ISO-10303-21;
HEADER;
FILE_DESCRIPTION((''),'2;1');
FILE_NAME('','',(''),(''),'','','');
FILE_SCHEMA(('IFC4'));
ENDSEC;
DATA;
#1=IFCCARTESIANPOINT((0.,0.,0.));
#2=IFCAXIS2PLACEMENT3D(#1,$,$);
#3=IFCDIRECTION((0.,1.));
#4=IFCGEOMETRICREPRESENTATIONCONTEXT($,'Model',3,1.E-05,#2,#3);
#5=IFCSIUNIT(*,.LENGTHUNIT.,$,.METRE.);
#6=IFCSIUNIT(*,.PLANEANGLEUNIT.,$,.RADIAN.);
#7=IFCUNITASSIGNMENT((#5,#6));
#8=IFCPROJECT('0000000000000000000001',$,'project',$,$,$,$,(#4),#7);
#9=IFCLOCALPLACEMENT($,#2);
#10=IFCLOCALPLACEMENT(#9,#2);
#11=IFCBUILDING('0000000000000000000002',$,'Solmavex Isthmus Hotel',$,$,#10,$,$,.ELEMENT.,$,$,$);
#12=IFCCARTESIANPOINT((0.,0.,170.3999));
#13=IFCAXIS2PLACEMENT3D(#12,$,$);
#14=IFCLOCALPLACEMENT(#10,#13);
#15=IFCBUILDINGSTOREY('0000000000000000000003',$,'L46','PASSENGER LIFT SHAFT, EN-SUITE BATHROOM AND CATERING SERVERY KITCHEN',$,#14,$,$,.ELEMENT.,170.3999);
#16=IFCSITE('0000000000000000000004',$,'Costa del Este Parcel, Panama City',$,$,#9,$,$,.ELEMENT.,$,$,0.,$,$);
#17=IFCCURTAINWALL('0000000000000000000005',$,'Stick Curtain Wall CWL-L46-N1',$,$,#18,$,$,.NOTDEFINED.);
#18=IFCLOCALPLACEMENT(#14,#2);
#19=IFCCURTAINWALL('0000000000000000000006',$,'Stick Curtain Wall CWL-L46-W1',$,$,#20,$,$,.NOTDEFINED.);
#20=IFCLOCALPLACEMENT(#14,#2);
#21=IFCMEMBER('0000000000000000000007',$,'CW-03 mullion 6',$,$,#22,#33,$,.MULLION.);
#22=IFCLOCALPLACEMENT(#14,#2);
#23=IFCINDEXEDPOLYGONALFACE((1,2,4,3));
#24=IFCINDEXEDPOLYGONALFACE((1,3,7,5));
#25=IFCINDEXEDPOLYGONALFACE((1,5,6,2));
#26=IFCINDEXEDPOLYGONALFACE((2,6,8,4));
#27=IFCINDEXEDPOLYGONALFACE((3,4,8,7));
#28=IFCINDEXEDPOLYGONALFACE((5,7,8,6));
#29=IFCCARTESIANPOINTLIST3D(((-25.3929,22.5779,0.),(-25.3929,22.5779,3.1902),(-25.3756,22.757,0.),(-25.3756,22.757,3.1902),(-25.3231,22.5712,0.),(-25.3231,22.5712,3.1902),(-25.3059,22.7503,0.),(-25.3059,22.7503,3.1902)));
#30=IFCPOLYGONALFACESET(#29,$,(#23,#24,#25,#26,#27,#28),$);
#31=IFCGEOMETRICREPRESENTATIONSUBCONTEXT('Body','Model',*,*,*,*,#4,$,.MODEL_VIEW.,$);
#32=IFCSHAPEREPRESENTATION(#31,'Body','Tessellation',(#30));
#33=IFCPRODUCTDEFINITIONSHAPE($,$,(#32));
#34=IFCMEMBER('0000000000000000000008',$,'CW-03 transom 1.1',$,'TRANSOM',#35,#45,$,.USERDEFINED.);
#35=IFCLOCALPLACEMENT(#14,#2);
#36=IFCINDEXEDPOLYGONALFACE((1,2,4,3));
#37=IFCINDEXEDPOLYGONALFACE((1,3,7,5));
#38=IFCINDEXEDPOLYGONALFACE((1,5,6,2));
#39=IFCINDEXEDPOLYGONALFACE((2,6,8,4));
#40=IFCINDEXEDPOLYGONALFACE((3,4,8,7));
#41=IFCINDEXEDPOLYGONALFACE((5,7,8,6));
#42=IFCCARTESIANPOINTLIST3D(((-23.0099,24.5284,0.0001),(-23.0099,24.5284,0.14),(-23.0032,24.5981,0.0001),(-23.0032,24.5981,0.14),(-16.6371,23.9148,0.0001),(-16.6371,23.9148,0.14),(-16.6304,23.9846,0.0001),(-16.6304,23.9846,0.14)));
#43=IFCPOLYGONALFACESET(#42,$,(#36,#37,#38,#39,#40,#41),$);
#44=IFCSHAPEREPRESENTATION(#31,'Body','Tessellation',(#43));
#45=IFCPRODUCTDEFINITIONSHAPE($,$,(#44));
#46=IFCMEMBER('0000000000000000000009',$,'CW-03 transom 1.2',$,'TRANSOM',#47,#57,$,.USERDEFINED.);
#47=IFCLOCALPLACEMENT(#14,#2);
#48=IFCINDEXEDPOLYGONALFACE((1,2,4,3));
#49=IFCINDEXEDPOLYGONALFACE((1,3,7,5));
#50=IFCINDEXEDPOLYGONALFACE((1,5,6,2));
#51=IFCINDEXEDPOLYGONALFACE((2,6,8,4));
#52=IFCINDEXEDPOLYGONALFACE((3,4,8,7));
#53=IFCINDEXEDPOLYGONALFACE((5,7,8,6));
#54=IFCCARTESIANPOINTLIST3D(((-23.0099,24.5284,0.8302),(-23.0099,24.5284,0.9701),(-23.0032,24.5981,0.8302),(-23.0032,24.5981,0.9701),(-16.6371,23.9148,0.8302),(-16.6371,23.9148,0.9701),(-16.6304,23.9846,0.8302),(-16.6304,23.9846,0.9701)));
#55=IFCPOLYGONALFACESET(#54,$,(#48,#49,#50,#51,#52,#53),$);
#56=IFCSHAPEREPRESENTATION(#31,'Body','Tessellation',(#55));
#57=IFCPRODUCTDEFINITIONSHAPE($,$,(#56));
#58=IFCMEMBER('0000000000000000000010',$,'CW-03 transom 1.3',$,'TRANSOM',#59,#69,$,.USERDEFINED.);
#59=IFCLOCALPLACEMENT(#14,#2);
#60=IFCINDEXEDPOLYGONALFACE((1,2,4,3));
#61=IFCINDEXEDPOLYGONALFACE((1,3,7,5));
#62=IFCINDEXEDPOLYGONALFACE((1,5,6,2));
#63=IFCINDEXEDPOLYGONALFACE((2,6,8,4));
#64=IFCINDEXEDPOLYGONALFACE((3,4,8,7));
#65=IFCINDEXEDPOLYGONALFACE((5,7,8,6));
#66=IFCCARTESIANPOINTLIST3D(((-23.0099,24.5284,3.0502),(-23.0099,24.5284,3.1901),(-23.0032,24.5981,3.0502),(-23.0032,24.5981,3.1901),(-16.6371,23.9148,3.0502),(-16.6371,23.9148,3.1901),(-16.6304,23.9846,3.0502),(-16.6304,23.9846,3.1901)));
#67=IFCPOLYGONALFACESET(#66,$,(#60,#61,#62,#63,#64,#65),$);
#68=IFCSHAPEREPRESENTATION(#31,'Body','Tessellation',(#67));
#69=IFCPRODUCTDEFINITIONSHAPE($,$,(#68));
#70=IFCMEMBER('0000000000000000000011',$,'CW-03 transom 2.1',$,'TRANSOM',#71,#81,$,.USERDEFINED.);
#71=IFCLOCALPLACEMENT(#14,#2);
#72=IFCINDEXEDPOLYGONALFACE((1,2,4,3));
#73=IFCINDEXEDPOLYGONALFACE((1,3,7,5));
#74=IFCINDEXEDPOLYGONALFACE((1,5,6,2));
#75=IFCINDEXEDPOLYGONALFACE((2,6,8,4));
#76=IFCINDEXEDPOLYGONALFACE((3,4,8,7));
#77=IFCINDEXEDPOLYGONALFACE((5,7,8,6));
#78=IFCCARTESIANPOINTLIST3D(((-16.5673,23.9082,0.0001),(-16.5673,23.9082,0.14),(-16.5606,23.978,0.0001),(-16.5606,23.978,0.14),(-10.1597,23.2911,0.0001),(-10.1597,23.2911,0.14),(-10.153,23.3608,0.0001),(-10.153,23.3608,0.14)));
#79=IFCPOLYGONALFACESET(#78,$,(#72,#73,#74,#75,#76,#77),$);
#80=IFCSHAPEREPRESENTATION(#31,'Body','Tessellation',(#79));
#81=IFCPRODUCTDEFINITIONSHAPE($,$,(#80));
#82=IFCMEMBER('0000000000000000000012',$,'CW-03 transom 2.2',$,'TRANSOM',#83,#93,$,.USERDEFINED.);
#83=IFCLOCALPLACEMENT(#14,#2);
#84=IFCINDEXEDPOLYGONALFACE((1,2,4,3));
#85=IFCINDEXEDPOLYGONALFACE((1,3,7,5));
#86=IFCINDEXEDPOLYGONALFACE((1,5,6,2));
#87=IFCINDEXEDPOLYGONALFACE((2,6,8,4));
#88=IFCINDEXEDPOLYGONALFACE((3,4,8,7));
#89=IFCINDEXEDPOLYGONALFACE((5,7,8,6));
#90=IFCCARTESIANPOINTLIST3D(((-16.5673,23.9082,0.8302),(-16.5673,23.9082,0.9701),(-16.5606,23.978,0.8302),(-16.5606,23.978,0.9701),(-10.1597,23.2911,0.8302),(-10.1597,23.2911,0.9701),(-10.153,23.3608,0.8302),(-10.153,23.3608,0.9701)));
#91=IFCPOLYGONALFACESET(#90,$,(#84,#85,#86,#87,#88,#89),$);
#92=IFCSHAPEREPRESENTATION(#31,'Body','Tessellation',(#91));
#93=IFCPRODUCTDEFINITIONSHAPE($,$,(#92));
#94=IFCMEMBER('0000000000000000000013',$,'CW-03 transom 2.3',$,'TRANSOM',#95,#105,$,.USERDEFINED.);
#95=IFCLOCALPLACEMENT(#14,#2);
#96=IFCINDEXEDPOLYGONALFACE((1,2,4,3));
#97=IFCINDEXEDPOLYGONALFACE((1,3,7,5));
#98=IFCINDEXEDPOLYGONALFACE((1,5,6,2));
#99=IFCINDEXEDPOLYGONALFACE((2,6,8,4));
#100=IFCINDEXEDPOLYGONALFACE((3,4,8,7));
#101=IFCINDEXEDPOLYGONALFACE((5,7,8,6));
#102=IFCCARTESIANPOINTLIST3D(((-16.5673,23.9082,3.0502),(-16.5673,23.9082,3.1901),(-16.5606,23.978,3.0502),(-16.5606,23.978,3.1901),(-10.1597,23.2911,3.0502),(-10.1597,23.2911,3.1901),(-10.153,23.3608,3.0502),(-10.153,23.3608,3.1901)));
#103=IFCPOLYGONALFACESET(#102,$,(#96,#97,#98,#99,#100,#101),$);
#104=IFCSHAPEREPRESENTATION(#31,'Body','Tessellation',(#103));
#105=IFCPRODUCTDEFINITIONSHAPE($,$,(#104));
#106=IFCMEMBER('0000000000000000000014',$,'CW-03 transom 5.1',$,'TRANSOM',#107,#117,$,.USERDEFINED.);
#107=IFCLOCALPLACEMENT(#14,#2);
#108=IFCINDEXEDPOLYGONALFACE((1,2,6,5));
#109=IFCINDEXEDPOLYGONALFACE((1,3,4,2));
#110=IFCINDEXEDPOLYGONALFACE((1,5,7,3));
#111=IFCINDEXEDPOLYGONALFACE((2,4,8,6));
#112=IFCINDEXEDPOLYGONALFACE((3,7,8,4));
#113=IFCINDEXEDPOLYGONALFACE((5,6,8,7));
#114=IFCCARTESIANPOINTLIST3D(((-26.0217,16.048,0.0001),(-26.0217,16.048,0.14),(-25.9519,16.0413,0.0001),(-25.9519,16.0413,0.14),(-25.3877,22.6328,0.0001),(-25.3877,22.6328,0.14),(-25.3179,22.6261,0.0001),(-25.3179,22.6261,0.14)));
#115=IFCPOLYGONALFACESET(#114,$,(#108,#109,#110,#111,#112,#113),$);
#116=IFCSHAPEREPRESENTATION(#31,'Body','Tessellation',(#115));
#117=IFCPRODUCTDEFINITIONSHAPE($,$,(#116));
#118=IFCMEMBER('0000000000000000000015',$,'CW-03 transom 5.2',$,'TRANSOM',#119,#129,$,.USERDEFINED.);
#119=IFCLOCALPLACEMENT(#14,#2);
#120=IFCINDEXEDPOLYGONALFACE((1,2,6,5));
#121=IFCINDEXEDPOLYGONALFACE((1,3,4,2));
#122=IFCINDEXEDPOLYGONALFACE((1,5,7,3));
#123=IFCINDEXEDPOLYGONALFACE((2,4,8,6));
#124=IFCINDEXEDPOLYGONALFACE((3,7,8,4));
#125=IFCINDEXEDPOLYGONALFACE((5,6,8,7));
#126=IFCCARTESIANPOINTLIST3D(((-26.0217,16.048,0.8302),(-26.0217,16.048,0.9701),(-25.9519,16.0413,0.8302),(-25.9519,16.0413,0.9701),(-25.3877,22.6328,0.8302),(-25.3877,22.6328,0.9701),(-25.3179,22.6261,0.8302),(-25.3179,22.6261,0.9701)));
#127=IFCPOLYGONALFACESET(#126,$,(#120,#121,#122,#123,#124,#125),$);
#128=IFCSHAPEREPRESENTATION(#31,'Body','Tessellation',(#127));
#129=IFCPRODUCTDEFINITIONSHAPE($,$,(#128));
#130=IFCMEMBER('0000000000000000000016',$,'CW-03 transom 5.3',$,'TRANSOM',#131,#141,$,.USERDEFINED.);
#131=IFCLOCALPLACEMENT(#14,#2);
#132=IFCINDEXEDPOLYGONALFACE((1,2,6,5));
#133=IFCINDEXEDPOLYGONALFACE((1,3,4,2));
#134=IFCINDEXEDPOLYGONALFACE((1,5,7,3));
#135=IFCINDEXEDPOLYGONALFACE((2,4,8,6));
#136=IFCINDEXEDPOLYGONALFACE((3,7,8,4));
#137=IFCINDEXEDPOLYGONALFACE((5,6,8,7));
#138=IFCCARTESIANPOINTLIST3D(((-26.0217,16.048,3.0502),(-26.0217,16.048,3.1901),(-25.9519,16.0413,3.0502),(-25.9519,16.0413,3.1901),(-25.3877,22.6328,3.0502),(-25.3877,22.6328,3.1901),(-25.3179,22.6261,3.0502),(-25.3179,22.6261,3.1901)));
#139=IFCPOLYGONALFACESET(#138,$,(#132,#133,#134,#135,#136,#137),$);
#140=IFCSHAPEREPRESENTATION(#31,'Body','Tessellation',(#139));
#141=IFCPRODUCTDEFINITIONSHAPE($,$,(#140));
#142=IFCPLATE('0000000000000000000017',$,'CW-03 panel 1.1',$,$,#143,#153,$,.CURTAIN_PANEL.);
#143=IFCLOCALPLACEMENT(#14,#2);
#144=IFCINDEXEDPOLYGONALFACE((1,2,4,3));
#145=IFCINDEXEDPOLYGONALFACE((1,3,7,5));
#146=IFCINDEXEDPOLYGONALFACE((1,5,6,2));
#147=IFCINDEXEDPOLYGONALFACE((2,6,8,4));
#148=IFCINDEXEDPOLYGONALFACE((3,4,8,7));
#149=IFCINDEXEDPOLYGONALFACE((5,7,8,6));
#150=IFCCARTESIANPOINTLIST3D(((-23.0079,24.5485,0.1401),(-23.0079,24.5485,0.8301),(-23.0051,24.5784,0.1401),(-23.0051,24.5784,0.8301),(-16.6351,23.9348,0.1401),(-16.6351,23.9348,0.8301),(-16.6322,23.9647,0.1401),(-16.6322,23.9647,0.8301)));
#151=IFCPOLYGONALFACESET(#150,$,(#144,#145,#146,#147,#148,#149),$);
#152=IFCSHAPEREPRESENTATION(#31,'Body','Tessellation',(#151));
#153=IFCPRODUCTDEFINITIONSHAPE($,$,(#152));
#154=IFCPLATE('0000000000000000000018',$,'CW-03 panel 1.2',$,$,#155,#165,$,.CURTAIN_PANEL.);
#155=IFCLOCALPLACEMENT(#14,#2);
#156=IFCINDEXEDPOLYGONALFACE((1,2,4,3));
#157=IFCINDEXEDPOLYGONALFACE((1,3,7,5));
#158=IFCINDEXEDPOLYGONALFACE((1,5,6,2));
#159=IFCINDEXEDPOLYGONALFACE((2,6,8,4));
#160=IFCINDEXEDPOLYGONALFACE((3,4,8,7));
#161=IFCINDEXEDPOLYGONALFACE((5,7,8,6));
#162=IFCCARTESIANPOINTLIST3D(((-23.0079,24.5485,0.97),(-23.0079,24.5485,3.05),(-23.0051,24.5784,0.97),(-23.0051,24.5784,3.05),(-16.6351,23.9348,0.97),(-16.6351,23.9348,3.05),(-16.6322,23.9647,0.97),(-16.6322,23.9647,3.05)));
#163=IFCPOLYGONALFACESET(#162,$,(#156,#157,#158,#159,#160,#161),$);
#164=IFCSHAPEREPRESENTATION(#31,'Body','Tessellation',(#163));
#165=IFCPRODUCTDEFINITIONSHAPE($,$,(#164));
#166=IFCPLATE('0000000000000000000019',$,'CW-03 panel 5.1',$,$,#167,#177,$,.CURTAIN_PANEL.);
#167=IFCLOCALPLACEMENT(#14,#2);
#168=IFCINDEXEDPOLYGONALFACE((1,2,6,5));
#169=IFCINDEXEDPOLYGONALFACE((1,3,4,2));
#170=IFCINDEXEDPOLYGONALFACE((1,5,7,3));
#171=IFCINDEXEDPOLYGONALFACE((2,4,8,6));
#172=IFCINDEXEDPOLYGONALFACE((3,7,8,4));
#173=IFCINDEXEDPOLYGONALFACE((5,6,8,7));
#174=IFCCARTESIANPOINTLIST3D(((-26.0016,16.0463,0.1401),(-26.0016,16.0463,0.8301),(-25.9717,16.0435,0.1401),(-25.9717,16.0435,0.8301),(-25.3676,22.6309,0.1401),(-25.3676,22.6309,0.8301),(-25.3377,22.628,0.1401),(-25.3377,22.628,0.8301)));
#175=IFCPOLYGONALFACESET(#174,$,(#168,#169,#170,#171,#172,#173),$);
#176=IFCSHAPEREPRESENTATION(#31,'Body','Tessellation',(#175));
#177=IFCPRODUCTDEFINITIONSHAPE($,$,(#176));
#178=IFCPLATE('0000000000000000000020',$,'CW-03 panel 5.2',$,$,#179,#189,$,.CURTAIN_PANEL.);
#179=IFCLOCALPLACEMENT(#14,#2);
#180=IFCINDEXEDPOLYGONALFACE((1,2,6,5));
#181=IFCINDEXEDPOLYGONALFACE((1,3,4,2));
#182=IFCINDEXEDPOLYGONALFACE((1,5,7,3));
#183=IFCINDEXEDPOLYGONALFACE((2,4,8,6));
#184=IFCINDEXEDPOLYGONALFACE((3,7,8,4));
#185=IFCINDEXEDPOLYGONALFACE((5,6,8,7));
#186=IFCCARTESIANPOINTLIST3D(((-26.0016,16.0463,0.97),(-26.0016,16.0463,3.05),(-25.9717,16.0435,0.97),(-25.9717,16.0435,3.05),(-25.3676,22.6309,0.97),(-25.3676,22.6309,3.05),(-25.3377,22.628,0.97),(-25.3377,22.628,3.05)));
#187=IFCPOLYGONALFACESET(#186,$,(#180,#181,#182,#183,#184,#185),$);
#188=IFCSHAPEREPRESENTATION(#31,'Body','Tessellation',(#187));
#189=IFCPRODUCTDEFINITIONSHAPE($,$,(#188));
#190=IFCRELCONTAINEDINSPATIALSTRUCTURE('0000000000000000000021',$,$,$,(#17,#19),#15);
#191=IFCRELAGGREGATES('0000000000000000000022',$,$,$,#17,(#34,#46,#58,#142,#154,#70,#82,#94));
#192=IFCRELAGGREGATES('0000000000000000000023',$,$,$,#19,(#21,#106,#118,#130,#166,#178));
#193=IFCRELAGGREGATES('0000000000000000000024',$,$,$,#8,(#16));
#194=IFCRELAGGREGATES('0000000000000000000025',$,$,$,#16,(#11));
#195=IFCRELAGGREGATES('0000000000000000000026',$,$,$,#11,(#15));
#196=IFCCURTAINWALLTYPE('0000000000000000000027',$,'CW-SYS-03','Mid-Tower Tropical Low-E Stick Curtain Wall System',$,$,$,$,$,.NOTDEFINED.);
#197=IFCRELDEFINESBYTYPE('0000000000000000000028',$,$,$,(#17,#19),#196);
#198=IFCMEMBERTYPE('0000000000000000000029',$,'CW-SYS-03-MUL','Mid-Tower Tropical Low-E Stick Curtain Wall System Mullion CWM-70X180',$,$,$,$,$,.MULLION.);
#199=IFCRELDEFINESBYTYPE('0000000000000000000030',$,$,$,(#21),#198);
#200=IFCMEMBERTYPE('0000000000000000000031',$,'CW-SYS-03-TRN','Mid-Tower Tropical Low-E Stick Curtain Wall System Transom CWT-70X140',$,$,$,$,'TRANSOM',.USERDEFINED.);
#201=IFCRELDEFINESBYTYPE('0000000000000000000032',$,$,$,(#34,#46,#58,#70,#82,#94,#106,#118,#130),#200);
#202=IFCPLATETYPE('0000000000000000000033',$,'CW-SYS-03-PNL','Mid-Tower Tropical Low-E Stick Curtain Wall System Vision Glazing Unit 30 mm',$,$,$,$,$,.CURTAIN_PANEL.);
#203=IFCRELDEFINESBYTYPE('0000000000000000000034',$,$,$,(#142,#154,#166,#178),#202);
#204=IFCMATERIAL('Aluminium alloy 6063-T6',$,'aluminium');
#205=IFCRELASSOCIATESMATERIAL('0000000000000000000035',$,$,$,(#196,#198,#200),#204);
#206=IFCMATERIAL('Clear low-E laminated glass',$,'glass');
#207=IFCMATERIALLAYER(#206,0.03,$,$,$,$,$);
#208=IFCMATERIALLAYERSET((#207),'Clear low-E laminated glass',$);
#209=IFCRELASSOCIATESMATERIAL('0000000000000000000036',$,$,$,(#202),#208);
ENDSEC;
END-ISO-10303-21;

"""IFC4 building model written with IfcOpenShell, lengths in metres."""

from ifc_helpers import new_model, si_unit, direction, frame, origin, origin_2d, place, context, subcontext, project, spatial, rectangle, extrude, material, layer, layer_set, material_profile, profile_set, type_object, element, aggregate, save


model = new_model("IFC4")

# Units and contexts
model_context = context("Model", 3, precision=1e-05, world=origin(), true_north=direction((0.0, 1.0)))
body_context = subcontext(model_context, "Body", "Model", "MODEL_VIEW")
ifc_project = project(units=[si_unit("LENGTHUNIT", "METRE"), si_unit("PLANEANGLEUNIT", "RADIAN")], contexts=[model_context])

# Site, building, storey
site_placement = place(None, origin())
site = spatial("IfcSite", under=ifc_project, at=site_placement, Name="Costa del Este Parcel, Panama City", CompositionType="ELEMENT", RefElevation=0.0)
building_placement = place(site_placement, origin())
building = spatial("IfcBuilding", under=site, at=building_placement, Name="Solmavex Isthmus Hotel", CompositionType="ELEMENT")
storey_placement = place(building_placement, frame((0.0, 0.0, 170.3999)))
storey = spatial("IfcBuildingStorey", under=building, at=storey_placement, Name="L46", Description="PASSENGER LIFT SHAFT, EN-SUITE BATHROOM AND CATERING SERVERY KITCHEN", CompositionType="ELEMENT", Elevation=170.3999)

# Curtain walls, member
ifc_material_1 = material(Name="Aluminium alloy 6063-T6", Category="aluminium")
curtain_wall_type = type_object("IfcCurtainWallType", Name="CW-SYS-03", Description="Mid-Tower Tropical Low-E Stick Curtain Wall System", PredefinedType="NOTDEFINED", material=ifc_material_1)
curtain_wall_1_placement = place(storey_placement, origin())
curtain_wall_1 = element("IfcCurtainWall", 1, at=curtain_wall_1_placement, inside=storey, type_object=curtain_wall_type, Name="Stick Curtain Wall CWL-L46-N1", PredefinedType="NOTDEFINED")
ifc_material_profile_1 = material_profile(ifc_material_1, rectangle(XDim=0.0701, YDim=0.1799, at=origin_2d()), Name="CWM-70X180")
ifc_profile_set_1 = profile_set([ifc_material_profile_1], Name="Aluminium alloy 6063-T6")
member_type_1 = type_object("IfcMemberType", Name="CW-SYS-03-MUL", Description="Mid-Tower Tropical Low-E Stick Curtain Wall System Mullion CWM-70X180", PredefinedType="MULLION", material=ifc_profile_set_1)
curtain_wall_2_placement = place(storey_placement, origin())
curtain_wall_2 = element("IfcCurtainWall", 2, at=curtain_wall_2_placement, inside=storey, type_object=curtain_wall_type, Name="Stick Curtain Wall CWL-L46-W1", PredefinedType="NOTDEFINED")
member_1_placement = place(storey_placement, frame((-25.3494, 22.6641, 0.0), z_axis=(0.0, 0.0, 1.0), x_axis=(-0.995396, 0.095846, 0.0)))
member_1 = element("IfcMember", 3, at=member_1_placement, type_object=member_type_1, Name="CW-03 mullion 6", PredefinedType="MULLION", context=body_context, shape_type="SweptSolid", body=[
    extrude(rectangle(XDim=0.0701, YDim=0.1799, at=origin_2d()), origin(), (0.0, 0.0, 1.0), 3.1902),
])

# Members
ifc_material_profile_2 = material_profile(ifc_material_1, rectangle(XDim=0.0701, YDim=0.1399, at=origin_2d()), Name="CWT-70X140")
ifc_profile_set_2 = profile_set([ifc_material_profile_2], Name="Aluminium alloy 6063-T6")
member_type_2 = type_object("IfcMemberType", Name="CW-SYS-03-TRN", Description="Mid-Tower Tropical Low-E Stick Curtain Wall System Transom CWT-70X140", ElementType="TRANSOM", PredefinedType="USERDEFINED", material=ifc_profile_set_2)
member_2_placement = place(storey_placement, frame((-23.0066, 24.5632, 0.0701), z_axis=(0.995398, -0.095829, 0.0), x_axis=(0.095829, 0.995398, 0.0)))
member_2 = element("IfcMember", 4, at=member_2_placement, type_object=member_type_2, Name="CW-03 transom 1.1", ObjectType="TRANSOM", PredefinedType="USERDEFINED", context=body_context, shape_type="SweptSolid", body=[
    extrude(rectangle(XDim=0.0701, YDim=0.1399, at=origin_2d()), origin(), (0.0, 0.0, 1.0), 6.4023),
])
member_3_placement = place(storey_placement, frame((-23.0066, 24.5632, 0.9001), z_axis=(0.995398, -0.095829, 0.0), x_axis=(0.095829, 0.995398, 0.0)))
member_3 = element("IfcMember", 5, at=member_3_placement, type_object=member_type_2, Name="CW-03 transom 1.2", ObjectType="TRANSOM", PredefinedType="USERDEFINED", context=body_context, shape_type="SweptSolid", body=[
    extrude(rectangle(XDim=0.0701, YDim=0.1399, at=origin_2d()), origin(), (0.0, 0.0, 1.0), 6.4023),
])
member_4_placement = place(storey_placement, frame((-23.0066, 24.5632, 3.1201), z_axis=(0.995398, -0.095829, 0.0), x_axis=(0.095829, 0.995398, 0.0)))
member_4 = element("IfcMember", 6, at=member_4_placement, type_object=member_type_2, Name="CW-03 transom 1.3", ObjectType="TRANSOM", PredefinedType="USERDEFINED", context=body_context, shape_type="SweptSolid", body=[
    extrude(rectangle(XDim=0.0701, YDim=0.1399, at=origin_2d()), origin(), (0.0, 0.0, 1.0), 6.4023),
])
member_5_placement = place(storey_placement, frame((-16.564, 23.9431, 0.0701), z_axis=(0.995393, -0.095876, 0.0), x_axis=(0.095876, 0.995393, 0.0)))
member_5 = element("IfcMember", 7, at=member_5_placement, type_object=member_type_2, Name="CW-03 transom 2.1", ObjectType="TRANSOM", PredefinedType="USERDEFINED", context=body_context, shape_type="SweptSolid", body=[
    extrude(rectangle(XDim=0.0701, YDim=0.1399, at=origin_2d()), origin(), (0.0, 0.0, 1.0), 6.4373),
])
member_6_placement = place(storey_placement, frame((-16.564, 23.9431, 0.9001), z_axis=(0.995393, -0.095876, 0.0), x_axis=(0.095876, 0.995393, 0.0)))
member_6 = element("IfcMember", 8, at=member_6_placement, type_object=member_type_2, Name="CW-03 transom 2.2", ObjectType="TRANSOM", PredefinedType="USERDEFINED", context=body_context, shape_type="SweptSolid", body=[
    extrude(rectangle(XDim=0.0701, YDim=0.1399, at=origin_2d()), origin(), (0.0, 0.0, 1.0), 6.4373),
])
member_7_placement = place(storey_placement, frame((-16.564, 23.9431, 3.1201), z_axis=(0.995393, -0.095876, 0.0), x_axis=(0.095876, 0.995393, 0.0)))
member_7 = element("IfcMember", 9, at=member_7_placement, type_object=member_type_2, Name="CW-03 transom 2.3", ObjectType="TRANSOM", PredefinedType="USERDEFINED", context=body_context, shape_type="SweptSolid", body=[
    extrude(rectangle(XDim=0.0701, YDim=0.1399, at=origin_2d()), origin(), (0.0, 0.0, 1.0), 6.4373),
])
member_8_placement = place(storey_placement, frame((-25.9868, 16.0447, 0.0701), z_axis=(0.095845, 0.995396, 0.0), x_axis=(-0.995396, 0.095845, 0.0)))
member_8 = element("IfcMember", 10, at=member_8_placement, type_object=member_type_2, Name="CW-03 transom 5.1", ObjectType="TRANSOM", PredefinedType="USERDEFINED", context=body_context, shape_type="SweptSolid", body=[
    extrude(rectangle(XDim=0.0701, YDim=0.1399, at=origin_2d()), origin(), (0.0, 0.0, 1.0), 6.6152),
])
member_9_placement = place(storey_placement, frame((-25.9868, 16.0447, 0.9001), z_axis=(0.095845, 0.995396, 0.0), x_axis=(-0.995396, 0.095845, 0.0)))
member_9 = element("IfcMember", 11, at=member_9_placement, type_object=member_type_2, Name="CW-03 transom 5.2", ObjectType="TRANSOM", PredefinedType="USERDEFINED", context=body_context, shape_type="SweptSolid", body=[
    extrude(rectangle(XDim=0.0701, YDim=0.1399, at=origin_2d()), origin(), (0.0, 0.0, 1.0), 6.6152),
])
member_10_placement = place(storey_placement, frame((-25.9868, 16.0447, 3.1201), z_axis=(0.095845, 0.995396, 0.0), x_axis=(-0.995396, 0.095845, 0.0)))
member_10 = element("IfcMember", 12, at=member_10_placement, type_object=member_type_2, Name="CW-03 transom 5.3", ObjectType="TRANSOM", PredefinedType="USERDEFINED", context=body_context, shape_type="SweptSolid", body=[
    extrude(rectangle(XDim=0.0701, YDim=0.1399, at=origin_2d()), origin(), (0.0, 0.0, 1.0), 6.6152),
])

# Plates
ifc_material_2 = material(Name="Clear low-E laminated glass", Category="glass")
ifc_layer_1 = layer(ifc_material_2, 0.03)
ifc_layer_set_1 = layer_set([ifc_layer_1], Name="Clear low-E laminated glass")
plate_type = type_object("IfcPlateType", Name="CW-SYS-03-PNL", Description="Mid-Tower Tropical Low-E Stick Curtain Wall System Vision Glazing Unit 30 mm", PredefinedType="CURTAIN_PANEL", material=ifc_layer_set_1)
plate_1_placement = place(storey_placement, frame((-19.8201, 24.2566, 0.1401), z_axis=(0.0, 0.0, 1.0), x_axis=(0.995396, -0.095846, 0.0)))
plate_1 = element("IfcPlate", 13, at=plate_1_placement, type_object=plate_type, Name="CW-03 panel 1.1", PredefinedType="CURTAIN_PANEL", context=body_context, shape_type="SweptSolid", body=[
    extrude(rectangle(XDim=6.4023, YDim=0.03, at=origin_2d()), origin(), (0.0, 0.0, 1.0), 0.6899),
])
plate_2_placement = place(storey_placement, frame((-19.8201, 24.2566, 0.97), z_axis=(0.0, 0.0, 1.0), x_axis=(0.995396, -0.095846, 0.0)))
plate_2 = element("IfcPlate", 14, at=plate_2_placement, type_object=plate_type, Name="CW-03 panel 1.2", PredefinedType="CURTAIN_PANEL", context=body_context, shape_type="SweptSolid", body=[
    extrude(rectangle(XDim=6.4023, YDim=0.03, at=origin_2d()), origin(), (0.0, 0.0, 1.0), 2.0801),
])
aggregate(curtain_wall_1, [member_2, member_3, member_4, plate_1, plate_2, member_5, member_6, member_7])
plate_3_placement = place(storey_placement, frame((-25.6697, 19.3372, 0.1401), z_axis=(0.0, 0.0, 1.0), x_axis=(0.095846, 0.995396, 0.0)))
plate_3 = element("IfcPlate", 15, at=plate_3_placement, type_object=plate_type, Name="CW-03 panel 5.1", PredefinedType="CURTAIN_PANEL", context=body_context, shape_type="SweptSolid", body=[
    extrude(rectangle(XDim=6.615, YDim=0.03, at=origin_2d()), origin(), (0.0, 0.0, 1.0), 0.6899),
])
plate_4_placement = place(storey_placement, frame((-25.6697, 19.3372, 0.97), z_axis=(0.0, 0.0, 1.0), x_axis=(0.095846, 0.995396, 0.0)))
plate_4 = element("IfcPlate", 16, at=plate_4_placement, type_object=plate_type, Name="CW-03 panel 5.2", PredefinedType="CURTAIN_PANEL", context=body_context, shape_type="SweptSolid", body=[
    extrude(rectangle(XDim=6.615, YDim=0.03, at=origin_2d()), origin(), (0.0, 0.0, 1.0), 2.0801),
])
aggregate(curtain_wall_2, [member_1, member_8, member_9, member_10, plate_3, plate_4])

save(model, "model.ifc")
